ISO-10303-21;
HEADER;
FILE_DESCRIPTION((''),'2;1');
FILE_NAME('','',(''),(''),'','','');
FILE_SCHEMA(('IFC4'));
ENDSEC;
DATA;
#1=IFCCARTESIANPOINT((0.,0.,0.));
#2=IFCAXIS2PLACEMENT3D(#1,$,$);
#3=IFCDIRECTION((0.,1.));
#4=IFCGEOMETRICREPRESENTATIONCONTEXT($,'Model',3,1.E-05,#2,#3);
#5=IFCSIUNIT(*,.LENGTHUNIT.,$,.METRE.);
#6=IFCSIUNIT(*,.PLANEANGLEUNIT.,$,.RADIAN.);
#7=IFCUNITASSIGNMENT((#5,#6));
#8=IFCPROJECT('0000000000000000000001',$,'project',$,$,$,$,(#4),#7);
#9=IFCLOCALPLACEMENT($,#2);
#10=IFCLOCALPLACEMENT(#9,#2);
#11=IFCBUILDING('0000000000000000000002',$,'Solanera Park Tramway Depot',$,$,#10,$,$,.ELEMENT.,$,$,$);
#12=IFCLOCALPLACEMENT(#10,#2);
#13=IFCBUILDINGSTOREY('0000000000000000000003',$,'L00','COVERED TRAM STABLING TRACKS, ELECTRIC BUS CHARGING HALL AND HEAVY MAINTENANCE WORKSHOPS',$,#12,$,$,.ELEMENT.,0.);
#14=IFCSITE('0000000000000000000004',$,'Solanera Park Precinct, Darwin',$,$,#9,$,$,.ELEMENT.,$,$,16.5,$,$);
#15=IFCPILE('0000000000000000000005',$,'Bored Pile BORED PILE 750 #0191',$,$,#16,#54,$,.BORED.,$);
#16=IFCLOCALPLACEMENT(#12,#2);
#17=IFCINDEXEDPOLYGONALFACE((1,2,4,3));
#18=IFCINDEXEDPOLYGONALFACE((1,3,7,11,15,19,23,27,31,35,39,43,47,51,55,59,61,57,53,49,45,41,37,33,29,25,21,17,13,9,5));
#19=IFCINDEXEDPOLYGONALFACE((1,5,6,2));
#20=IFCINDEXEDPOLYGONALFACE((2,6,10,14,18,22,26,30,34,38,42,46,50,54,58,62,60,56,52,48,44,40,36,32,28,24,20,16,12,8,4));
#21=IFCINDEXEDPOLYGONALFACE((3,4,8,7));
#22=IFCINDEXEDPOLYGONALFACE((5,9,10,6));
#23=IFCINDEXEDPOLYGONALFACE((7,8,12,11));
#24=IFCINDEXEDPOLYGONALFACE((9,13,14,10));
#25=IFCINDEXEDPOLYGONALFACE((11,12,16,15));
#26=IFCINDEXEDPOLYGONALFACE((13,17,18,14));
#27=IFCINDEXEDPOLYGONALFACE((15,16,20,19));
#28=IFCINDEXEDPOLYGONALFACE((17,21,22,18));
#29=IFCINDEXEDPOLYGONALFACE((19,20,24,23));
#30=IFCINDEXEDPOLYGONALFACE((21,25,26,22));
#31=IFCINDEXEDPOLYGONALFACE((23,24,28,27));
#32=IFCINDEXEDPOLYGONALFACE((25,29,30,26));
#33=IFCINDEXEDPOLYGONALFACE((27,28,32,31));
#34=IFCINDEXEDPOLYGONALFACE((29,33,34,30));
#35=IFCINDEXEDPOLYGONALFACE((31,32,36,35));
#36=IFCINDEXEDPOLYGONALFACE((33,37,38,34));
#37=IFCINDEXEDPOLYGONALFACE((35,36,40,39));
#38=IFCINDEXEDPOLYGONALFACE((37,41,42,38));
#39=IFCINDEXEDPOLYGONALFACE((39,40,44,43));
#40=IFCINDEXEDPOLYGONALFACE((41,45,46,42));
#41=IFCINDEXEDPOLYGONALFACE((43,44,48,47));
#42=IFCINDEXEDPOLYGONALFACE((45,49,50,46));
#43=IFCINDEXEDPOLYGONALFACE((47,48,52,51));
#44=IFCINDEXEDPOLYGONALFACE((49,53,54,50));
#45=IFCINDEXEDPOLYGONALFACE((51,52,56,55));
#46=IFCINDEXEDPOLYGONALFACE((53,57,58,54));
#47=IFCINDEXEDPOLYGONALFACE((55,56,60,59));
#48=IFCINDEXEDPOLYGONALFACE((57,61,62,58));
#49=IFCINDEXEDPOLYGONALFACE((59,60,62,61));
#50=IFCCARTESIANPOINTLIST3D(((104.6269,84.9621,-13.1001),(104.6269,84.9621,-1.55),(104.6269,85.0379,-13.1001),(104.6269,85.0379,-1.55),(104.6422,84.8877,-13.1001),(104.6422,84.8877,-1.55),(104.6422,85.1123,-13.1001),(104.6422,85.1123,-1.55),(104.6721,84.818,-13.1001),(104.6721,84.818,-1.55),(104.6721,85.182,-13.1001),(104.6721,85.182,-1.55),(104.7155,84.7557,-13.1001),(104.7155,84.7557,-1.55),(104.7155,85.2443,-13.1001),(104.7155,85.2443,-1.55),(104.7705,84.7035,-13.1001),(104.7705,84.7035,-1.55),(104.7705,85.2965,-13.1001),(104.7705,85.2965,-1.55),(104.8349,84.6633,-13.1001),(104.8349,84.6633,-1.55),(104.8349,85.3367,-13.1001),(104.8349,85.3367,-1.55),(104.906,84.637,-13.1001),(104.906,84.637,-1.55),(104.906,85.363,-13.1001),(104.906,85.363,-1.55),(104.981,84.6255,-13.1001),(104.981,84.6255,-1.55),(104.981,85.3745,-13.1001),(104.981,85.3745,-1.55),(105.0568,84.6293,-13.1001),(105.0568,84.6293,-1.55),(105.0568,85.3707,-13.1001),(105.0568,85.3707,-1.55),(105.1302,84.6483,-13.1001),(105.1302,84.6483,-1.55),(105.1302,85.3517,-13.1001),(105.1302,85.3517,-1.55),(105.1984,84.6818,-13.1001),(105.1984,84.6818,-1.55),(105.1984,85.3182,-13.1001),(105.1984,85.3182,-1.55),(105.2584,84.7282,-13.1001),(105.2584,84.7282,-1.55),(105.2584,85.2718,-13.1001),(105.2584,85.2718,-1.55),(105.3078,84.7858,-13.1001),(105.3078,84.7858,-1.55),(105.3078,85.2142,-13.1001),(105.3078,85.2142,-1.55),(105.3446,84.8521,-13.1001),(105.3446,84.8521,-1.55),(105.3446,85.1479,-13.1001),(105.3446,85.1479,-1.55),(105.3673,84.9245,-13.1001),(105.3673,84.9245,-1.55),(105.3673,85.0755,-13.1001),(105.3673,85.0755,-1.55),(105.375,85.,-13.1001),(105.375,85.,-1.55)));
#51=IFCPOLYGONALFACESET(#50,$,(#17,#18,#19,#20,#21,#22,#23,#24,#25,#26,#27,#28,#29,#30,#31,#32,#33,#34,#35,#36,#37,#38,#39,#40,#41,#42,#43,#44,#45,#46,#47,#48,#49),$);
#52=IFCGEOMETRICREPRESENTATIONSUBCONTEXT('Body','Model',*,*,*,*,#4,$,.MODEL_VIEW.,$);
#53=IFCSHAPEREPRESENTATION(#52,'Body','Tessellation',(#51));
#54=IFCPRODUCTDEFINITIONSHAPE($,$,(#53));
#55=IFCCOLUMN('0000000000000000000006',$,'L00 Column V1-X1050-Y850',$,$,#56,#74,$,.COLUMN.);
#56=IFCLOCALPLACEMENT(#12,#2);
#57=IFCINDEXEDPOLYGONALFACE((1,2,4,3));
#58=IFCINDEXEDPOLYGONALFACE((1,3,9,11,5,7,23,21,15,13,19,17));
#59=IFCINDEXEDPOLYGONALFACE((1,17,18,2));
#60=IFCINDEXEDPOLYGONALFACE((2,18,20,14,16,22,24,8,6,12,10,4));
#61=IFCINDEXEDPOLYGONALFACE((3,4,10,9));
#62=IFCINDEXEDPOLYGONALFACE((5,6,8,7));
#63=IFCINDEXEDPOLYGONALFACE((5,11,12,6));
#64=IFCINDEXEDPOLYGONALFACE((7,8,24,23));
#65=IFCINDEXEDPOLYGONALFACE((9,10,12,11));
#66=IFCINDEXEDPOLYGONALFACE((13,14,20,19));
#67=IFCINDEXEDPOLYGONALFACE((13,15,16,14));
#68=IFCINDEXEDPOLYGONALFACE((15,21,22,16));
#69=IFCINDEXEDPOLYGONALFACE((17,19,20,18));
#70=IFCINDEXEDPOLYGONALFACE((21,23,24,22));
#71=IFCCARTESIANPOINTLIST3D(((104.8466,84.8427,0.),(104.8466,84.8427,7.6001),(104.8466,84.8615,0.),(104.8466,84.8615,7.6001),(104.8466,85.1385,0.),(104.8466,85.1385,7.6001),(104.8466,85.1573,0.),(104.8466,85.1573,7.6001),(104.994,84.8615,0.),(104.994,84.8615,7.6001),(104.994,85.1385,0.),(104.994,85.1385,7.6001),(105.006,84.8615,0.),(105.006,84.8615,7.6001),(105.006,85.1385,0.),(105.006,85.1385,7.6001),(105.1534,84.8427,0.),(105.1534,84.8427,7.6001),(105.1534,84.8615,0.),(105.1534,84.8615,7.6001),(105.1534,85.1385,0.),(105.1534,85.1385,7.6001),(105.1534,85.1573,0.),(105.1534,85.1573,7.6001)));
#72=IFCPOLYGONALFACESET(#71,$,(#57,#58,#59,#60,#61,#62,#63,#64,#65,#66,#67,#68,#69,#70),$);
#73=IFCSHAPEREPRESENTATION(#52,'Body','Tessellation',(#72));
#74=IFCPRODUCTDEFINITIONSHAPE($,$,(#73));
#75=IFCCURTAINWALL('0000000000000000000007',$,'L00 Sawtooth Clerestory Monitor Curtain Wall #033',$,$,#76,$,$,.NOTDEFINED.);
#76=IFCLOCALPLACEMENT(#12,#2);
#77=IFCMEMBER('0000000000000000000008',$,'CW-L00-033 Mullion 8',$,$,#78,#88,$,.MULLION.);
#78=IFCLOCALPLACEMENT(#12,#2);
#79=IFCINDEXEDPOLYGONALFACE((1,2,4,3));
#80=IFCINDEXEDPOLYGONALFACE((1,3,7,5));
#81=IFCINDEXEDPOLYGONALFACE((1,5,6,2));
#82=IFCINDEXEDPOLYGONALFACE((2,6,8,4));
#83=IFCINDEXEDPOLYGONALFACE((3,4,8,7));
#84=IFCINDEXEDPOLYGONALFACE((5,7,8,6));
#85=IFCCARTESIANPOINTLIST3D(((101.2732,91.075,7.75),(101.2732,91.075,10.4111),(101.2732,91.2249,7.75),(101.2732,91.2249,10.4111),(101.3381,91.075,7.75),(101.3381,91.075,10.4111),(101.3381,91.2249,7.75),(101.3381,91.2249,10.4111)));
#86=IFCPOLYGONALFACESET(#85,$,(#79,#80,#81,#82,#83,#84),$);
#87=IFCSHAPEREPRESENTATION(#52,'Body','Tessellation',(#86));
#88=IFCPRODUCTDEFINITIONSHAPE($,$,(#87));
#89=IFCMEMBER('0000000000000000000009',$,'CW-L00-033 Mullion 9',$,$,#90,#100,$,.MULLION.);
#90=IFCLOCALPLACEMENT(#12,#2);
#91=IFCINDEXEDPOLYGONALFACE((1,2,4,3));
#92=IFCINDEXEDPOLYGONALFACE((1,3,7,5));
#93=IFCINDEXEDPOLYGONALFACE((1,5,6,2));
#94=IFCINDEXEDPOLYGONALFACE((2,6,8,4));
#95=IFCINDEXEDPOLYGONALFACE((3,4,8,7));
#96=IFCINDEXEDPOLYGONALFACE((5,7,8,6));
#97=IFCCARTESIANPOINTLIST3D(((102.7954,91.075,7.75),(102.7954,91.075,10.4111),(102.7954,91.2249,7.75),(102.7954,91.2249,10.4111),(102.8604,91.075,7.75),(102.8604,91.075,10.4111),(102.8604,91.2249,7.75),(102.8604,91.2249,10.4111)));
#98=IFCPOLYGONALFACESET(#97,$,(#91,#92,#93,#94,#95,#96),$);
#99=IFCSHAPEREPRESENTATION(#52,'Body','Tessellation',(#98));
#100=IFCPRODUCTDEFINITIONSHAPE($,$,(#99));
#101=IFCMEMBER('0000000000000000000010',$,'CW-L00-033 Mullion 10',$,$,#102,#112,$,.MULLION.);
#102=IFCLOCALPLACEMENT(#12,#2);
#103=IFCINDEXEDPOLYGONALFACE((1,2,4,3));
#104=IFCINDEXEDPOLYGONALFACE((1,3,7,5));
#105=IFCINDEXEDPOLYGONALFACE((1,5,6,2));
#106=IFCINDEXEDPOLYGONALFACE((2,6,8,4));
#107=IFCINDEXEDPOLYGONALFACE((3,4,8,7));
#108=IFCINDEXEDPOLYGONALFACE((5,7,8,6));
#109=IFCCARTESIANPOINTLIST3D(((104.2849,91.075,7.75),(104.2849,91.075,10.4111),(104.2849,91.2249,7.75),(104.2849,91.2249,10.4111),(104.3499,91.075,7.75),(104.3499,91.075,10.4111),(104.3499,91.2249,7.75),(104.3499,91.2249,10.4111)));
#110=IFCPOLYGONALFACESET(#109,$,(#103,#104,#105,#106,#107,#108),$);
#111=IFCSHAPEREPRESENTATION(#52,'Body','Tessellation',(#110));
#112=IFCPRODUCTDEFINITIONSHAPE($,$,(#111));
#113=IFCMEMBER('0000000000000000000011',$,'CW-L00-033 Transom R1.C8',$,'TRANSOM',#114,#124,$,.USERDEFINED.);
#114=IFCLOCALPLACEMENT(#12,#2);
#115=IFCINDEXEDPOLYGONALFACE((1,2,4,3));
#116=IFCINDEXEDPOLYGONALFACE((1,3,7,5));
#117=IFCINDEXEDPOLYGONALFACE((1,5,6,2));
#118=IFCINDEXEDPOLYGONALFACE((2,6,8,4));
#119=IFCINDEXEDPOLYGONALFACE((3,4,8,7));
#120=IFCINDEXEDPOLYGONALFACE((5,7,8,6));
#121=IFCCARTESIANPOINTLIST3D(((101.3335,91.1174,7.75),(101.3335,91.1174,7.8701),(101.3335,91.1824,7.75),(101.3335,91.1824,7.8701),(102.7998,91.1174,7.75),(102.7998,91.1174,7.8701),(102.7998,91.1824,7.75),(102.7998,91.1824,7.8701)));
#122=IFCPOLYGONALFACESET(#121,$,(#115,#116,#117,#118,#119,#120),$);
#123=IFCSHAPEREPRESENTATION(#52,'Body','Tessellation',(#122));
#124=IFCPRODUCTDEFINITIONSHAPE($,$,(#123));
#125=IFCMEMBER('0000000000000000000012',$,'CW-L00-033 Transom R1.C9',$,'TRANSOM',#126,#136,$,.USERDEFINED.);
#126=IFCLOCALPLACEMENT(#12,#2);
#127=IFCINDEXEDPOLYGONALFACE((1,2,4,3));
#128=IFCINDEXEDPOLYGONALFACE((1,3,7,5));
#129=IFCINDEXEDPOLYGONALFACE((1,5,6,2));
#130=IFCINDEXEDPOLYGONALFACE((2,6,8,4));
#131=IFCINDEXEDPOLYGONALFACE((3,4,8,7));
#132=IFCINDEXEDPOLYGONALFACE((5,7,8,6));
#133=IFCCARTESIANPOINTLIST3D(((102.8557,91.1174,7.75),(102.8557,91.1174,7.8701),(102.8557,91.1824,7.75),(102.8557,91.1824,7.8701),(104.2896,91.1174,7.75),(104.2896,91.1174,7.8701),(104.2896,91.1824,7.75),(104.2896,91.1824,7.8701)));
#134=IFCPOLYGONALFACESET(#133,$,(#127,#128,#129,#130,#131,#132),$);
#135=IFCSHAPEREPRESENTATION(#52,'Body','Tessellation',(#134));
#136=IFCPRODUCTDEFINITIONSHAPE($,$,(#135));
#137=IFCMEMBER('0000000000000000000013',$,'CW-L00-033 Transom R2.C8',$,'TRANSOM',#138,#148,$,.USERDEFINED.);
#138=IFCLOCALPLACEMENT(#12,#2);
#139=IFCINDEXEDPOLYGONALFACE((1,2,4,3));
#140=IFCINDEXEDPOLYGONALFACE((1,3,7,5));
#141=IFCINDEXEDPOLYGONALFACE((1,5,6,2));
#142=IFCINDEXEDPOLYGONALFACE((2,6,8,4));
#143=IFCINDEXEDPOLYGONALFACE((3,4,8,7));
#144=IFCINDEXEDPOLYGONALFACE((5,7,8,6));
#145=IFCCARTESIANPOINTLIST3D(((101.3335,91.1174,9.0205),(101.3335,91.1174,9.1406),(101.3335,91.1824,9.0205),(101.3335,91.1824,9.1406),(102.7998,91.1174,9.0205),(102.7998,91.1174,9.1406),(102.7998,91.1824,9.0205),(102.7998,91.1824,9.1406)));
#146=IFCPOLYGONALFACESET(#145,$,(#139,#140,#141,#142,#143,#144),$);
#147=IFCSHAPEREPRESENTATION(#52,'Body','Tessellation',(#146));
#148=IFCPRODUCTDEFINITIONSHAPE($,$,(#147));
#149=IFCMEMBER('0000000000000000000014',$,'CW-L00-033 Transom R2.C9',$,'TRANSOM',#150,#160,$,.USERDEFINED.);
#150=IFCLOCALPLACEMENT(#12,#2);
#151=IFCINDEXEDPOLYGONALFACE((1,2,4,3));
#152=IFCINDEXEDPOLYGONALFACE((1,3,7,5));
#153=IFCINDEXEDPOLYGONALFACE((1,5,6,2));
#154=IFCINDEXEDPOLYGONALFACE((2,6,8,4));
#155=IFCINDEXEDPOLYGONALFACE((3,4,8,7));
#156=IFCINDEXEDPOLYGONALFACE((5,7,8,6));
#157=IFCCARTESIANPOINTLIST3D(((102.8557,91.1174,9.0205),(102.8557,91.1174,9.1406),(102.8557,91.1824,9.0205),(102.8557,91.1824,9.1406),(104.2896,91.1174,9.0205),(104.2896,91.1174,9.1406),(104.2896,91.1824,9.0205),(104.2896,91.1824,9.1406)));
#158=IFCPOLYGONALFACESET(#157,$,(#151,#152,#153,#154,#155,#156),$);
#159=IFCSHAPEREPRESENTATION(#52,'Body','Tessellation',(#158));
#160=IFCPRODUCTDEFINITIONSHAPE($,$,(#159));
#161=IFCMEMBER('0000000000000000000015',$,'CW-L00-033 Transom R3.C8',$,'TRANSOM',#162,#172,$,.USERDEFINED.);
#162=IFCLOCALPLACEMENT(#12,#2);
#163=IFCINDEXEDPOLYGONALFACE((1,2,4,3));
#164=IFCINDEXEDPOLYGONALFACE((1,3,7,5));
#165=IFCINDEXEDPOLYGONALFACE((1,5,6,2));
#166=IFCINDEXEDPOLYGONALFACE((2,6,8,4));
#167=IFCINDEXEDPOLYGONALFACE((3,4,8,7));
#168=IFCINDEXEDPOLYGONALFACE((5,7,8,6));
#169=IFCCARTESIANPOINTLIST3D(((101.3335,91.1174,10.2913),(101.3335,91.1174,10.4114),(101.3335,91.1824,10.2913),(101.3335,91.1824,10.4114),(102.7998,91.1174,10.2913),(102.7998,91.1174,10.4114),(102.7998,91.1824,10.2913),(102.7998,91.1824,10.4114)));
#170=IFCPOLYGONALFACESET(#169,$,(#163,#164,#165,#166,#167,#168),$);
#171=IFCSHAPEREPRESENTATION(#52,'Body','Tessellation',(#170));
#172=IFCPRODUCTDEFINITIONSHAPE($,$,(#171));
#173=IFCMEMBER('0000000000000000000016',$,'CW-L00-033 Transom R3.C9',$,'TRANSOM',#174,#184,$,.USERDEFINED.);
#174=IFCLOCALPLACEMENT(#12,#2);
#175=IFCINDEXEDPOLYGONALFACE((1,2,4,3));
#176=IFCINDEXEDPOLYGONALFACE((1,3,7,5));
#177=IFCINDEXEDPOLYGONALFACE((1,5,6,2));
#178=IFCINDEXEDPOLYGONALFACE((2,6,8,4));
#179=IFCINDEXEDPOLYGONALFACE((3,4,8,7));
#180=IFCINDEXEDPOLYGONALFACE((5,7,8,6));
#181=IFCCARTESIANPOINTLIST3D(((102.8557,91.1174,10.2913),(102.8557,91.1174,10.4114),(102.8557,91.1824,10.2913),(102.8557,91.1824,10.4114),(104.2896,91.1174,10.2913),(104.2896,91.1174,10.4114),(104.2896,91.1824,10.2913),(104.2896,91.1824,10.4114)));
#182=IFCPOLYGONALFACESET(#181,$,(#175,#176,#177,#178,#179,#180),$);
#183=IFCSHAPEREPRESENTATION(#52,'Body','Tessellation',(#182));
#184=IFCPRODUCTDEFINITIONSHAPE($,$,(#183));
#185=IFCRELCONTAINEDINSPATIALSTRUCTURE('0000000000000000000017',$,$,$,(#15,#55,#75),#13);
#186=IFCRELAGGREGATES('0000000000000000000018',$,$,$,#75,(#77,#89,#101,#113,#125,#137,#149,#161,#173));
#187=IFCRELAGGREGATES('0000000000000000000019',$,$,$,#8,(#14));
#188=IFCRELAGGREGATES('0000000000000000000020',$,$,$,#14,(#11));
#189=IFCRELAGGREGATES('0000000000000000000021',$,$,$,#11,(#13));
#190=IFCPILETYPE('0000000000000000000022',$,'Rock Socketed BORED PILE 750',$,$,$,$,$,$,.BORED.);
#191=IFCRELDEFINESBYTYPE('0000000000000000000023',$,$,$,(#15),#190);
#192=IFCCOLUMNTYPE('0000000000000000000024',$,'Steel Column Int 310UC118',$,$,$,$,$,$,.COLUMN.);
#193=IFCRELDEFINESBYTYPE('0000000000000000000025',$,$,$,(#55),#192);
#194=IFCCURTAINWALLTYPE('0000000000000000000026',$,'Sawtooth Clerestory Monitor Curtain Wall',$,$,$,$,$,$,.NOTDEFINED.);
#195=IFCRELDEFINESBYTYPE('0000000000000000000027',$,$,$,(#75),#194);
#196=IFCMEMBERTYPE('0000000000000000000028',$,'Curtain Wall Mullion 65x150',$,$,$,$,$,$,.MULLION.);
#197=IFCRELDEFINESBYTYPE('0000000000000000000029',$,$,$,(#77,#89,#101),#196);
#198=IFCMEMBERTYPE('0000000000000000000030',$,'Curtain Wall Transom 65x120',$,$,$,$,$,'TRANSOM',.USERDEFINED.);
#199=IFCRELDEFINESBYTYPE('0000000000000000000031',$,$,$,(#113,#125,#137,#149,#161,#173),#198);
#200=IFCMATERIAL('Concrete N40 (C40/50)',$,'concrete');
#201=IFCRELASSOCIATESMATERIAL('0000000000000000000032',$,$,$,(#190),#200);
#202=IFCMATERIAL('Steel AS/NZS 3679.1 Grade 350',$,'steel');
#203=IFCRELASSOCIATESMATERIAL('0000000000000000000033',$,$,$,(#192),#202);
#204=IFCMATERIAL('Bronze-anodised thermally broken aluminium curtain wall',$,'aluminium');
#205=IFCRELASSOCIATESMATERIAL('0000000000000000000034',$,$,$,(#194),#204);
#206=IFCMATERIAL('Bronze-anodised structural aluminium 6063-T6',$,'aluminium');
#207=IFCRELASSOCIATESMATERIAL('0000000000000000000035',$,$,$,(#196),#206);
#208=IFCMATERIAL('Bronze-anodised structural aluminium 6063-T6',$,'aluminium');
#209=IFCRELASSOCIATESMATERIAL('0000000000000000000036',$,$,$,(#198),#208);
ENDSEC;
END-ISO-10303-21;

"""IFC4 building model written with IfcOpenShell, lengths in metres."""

from ifc_helpers import new_model, si_unit, direction, frame, origin, origin_2d, place, context, subcontext, project, spatial, rectangle, circle, i_section, extrude, material, material_profile, profile_set, type_object, element, aggregate, save


model = new_model("IFC4")

# Units and contexts
model_context = context("Model", 3, precision=1e-05, world=origin(), true_north=direction((0.0, 1.0)))
body_context = subcontext(model_context, "Body", "Model", "MODEL_VIEW")
ifc_project = project(units=[si_unit("LENGTHUNIT", "METRE"), si_unit("PLANEANGLEUNIT", "RADIAN")], contexts=[model_context])

# Site, building, storey
site_placement = place(None, origin())
site = spatial("IfcSite", under=ifc_project, at=site_placement, Name="Solanera Park Precinct, Darwin", CompositionType="ELEMENT", RefElevation=16.5)
building_placement = place(site_placement, origin())
building = spatial("IfcBuilding", under=site, at=building_placement, Name="Solanera Park Tramway Depot", CompositionType="ELEMENT")
storey_placement = place(building_placement, origin())
storey = spatial("IfcBuildingStorey", under=building, at=storey_placement, Name="L00", Description="COVERED TRAM STABLING TRACKS, ELECTRIC BUS CHARGING HALL AND HEAVY MAINTENANCE WORKSHOPS", CompositionType="ELEMENT", Elevation=0.0)

# Pile
ifc_material_1 = material(Name="Concrete N40 (C40/50)", Category="concrete")
ifc_material_profile_1 = material_profile(ifc_material_1, circle(Radius=0.375, at=origin_2d()), Name="BORED PILE 750")
ifc_profile_set_1 = profile_set([ifc_material_profile_1], Name="Concrete N40 (C40/50)")
pile_type = type_object("IfcPileType", Name="Rock Socketed BORED PILE 750", PredefinedType="BORED", material=ifc_profile_set_1)
pile_placement = place(storey_placement, frame((105.0, 85.0, -1.55), z_axis=(0.0, 0.0, -1.0), x_axis=(1.0, 0.0, 0.0)))
element("IfcPile", 1, at=pile_placement, inside=storey, type_object=pile_type, Name="Bored Pile BORED PILE 750 #0191", PredefinedType="BORED", context=body_context, shape_type="SweptSolid", body=[
    extrude(circle(Radius=0.375, at=origin_2d()), origin(), (0.0, 0.0, 1.0), 11.55),
])

# Column
ifc_material_2 = material(Name="Steel AS/NZS 3679.1 Grade 350", Category="steel")
ifc_material_profile_2 = material_profile(ifc_material_2, i_section(OverallWidth=0.3069, OverallDepth=0.3147, WebThickness=0.012, FlangeThickness=0.0188, at=origin_2d()), Name="310UC118")
ifc_profile_set_2 = profile_set([ifc_material_profile_2], Name="Steel AS/NZS 3679.1 Grade 350")
column_type = type_object("IfcColumnType", Name="Steel Column Int 310UC118", PredefinedType="COLUMN", material=ifc_profile_set_2)
column_placement = place(storey_placement, frame((105.0, 85.0, 0.0), z_axis=(0.0, 0.0, 1.0), x_axis=(1.0, 0.0, 0.0)))
element("IfcColumn", 2, at=column_placement, inside=storey, type_object=column_type, Name="L00 Column V1-X1050-Y850", PredefinedType="COLUMN", context=body_context, shape_type="SweptSolid", body=[
    extrude(i_section(OverallWidth=0.3069, OverallDepth=0.3147, WebThickness=0.012, FlangeThickness=0.0188, at=origin_2d()), origin(), (0.0, 0.0, 1.0), 7.6001),
])

# Curtain wall, members
ifc_material_3 = material(Name="Bronze-anodised thermally broken aluminium curtain wall", Category="aluminium")
curtain_wall_type = type_object("IfcCurtainWallType", Name="Sawtooth Clerestory Monitor Curtain Wall", PredefinedType="NOTDEFINED", material=ifc_material_3)
curtain_wall_placement = place(storey_placement, origin())
curtain_wall = element("IfcCurtainWall", 3, at=curtain_wall_placement, inside=storey, type_object=curtain_wall_type, Name="L00 Sawtooth Clerestory Monitor Curtain Wall #033", PredefinedType="NOTDEFINED")
ifc_material_4 = material(Name="Bronze-anodised structural aluminium 6063-T6", Category="aluminium")
ifc_material_profile_3 = material_profile(ifc_material_4, rectangle(XDim=0.0649, YDim=0.1499, at=origin_2d()), Name="Curtain Wall Mullion 65x150")
ifc_profile_set_3 = profile_set([ifc_material_profile_3], Name="Bronze-anodised structural aluminium 6063-T6")
member_type_1 = type_object("IfcMemberType", Name="Curtain Wall Mullion 65x150", PredefinedType="MULLION", material=ifc_profile_set_3)
member_1_placement = place(storey_placement, frame((101.3057, 91.1499, 7.75), z_axis=(0.0, 0.0, 1.0), x_axis=(1.0, 0.0, 0.0)))
member_1 = element("IfcMember", 4, at=member_1_placement, type_object=member_type_1, Name="CW-L00-033 Mullion 8", PredefinedType="MULLION", context=body_context, shape_type="SweptSolid", body=[
    extrude(rectangle(XDim=0.0649, YDim=0.1499, at=origin_2d()), origin(), (0.0, 0.0, 1.0), 2.6611),
])
member_2_placement = place(storey_placement, frame((102.8279, 91.1499, 7.75), z_axis=(0.0, 0.0, 1.0), x_axis=(1.0, 0.0, 0.0)))
member_2 = element("IfcMember", 5, at=member_2_placement, type_object=member_type_1, Name="CW-L00-033 Mullion 9", PredefinedType="MULLION", context=body_context, shape_type="SweptSolid", body=[
    extrude(rectangle(XDim=0.0649, YDim=0.1499, at=origin_2d()), origin(), (0.0, 0.0, 1.0), 2.6611),
])
member_3_placement = place(storey_placement, frame((104.3174, 91.1499, 7.75), z_axis=(0.0, 0.0, 1.0), x_axis=(1.0, 0.0, 0.0)))
member_3 = element("IfcMember", 6, at=member_3_placement, type_object=member_type_1, Name="CW-L00-033 Mullion 10", PredefinedType="MULLION", context=body_context, shape_type="SweptSolid", body=[
    extrude(rectangle(XDim=0.0649, YDim=0.1499, at=origin_2d()), origin(), (0.0, 0.0, 1.0), 2.6611),
])
ifc_material_5 = material(Name="Bronze-anodised structural aluminium 6063-T6", Category="aluminium")
ifc_material_profile_4 = material_profile(ifc_material_5, rectangle(XDim=0.0649, YDim=0.1201, at=origin_2d()), Name="Curtain Wall Transom 65x120")
ifc_profile_set_4 = profile_set([ifc_material_profile_4], Name="Bronze-anodised structural aluminium 6063-T6")
member_type_2 = type_object("IfcMemberType", Name="Curtain Wall Transom 65x120", ElementType="TRANSOM", PredefinedType="USERDEFINED", material=ifc_profile_set_4)
member_4_placement = place(storey_placement, frame((101.3335, 91.1499, 7.8101), z_axis=(1.0, 0.0, 0.0), x_axis=(0.0, 1.0, 0.0)))
member_4 = element("IfcMember", 7, at=member_4_placement, type_object=member_type_2, Name="CW-L00-033 Transom R1.C8", ObjectType="TRANSOM", PredefinedType="USERDEFINED", context=body_context, shape_type="SweptSolid", body=[
    extrude(rectangle(XDim=0.0649, YDim=0.1201, at=origin_2d()), origin(), (0.0, 0.0, 1.0), 1.4663),
])
member_5_placement = place(storey_placement, frame((102.8557, 91.1499, 7.8101), z_axis=(1.0, 0.0, 0.0), x_axis=(0.0, 1.0, 0.0)))
member_5 = element("IfcMember", 8, at=member_5_placement, type_object=member_type_2, Name="CW-L00-033 Transom R1.C9", ObjectType="TRANSOM", PredefinedType="USERDEFINED", context=body_context, shape_type="SweptSolid", body=[
    extrude(rectangle(XDim=0.0649, YDim=0.1201, at=origin_2d()), origin(), (0.0, 0.0, 1.0), 1.4338),
])
member_6_placement = place(storey_placement, frame((101.3335, 91.1499, 9.0806), z_axis=(1.0, 0.0, 0.0), x_axis=(0.0, 1.0, 0.0)))
member_6 = element("IfcMember", 9, at=member_6_placement, type_object=member_type_2, Name="CW-L00-033 Transom R2.C8", ObjectType="TRANSOM", PredefinedType="USERDEFINED", context=body_context, shape_type="SweptSolid", body=[
    extrude(rectangle(XDim=0.0649, YDim=0.1201, at=origin_2d()), origin(), (0.0, 0.0, 1.0), 1.4663),
])
member_7_placement = place(storey_placement, frame((102.8557, 91.1499, 9.0806), z_axis=(1.0, 0.0, 0.0), x_axis=(0.0, 1.0, 0.0)))
member_7 = element("IfcMember", 10, at=member_7_placement, type_object=member_type_2, Name="CW-L00-033 Transom R2.C9", ObjectType="TRANSOM", PredefinedType="USERDEFINED", context=body_context, shape_type="SweptSolid", body=[
    extrude(rectangle(XDim=0.0649, YDim=0.1201, at=origin_2d()), origin(), (0.0, 0.0, 1.0), 1.4338),
])
member_8_placement = place(storey_placement, frame((101.3335, 91.1499, 10.3513), z_axis=(1.0, 0.0, 0.0), x_axis=(0.0, 1.0, 0.0)))
member_8 = element("IfcMember", 11, at=member_8_placement, type_object=member_type_2, Name="CW-L00-033 Transom R3.C8", ObjectType="TRANSOM", PredefinedType="USERDEFINED", context=body_context, shape_type="SweptSolid", body=[
    extrude(rectangle(XDim=0.0649, YDim=0.1201, at=origin_2d()), origin(), (0.0, 0.0, 1.0), 1.4663),
])
member_9_placement = place(storey_placement, frame((102.8557, 91.1499, 10.3513), z_axis=(1.0, 0.0, 0.0), x_axis=(0.0, 1.0, 0.0)))
member_9 = element("IfcMember", 12, at=member_9_placement, type_object=member_type_2, Name="CW-L00-033 Transom R3.C9", ObjectType="TRANSOM", PredefinedType="USERDEFINED", context=body_context, shape_type="SweptSolid", body=[
    extrude(rectangle(XDim=0.0649, YDim=0.1201, at=origin_2d()), origin(), (0.0, 0.0, 1.0), 1.4338),
])

aggregate(curtain_wall, [member_1, member_2, member_3, member_4, member_5, member_6, member_7, member_8, member_9])

save(model, "model.ifc")
